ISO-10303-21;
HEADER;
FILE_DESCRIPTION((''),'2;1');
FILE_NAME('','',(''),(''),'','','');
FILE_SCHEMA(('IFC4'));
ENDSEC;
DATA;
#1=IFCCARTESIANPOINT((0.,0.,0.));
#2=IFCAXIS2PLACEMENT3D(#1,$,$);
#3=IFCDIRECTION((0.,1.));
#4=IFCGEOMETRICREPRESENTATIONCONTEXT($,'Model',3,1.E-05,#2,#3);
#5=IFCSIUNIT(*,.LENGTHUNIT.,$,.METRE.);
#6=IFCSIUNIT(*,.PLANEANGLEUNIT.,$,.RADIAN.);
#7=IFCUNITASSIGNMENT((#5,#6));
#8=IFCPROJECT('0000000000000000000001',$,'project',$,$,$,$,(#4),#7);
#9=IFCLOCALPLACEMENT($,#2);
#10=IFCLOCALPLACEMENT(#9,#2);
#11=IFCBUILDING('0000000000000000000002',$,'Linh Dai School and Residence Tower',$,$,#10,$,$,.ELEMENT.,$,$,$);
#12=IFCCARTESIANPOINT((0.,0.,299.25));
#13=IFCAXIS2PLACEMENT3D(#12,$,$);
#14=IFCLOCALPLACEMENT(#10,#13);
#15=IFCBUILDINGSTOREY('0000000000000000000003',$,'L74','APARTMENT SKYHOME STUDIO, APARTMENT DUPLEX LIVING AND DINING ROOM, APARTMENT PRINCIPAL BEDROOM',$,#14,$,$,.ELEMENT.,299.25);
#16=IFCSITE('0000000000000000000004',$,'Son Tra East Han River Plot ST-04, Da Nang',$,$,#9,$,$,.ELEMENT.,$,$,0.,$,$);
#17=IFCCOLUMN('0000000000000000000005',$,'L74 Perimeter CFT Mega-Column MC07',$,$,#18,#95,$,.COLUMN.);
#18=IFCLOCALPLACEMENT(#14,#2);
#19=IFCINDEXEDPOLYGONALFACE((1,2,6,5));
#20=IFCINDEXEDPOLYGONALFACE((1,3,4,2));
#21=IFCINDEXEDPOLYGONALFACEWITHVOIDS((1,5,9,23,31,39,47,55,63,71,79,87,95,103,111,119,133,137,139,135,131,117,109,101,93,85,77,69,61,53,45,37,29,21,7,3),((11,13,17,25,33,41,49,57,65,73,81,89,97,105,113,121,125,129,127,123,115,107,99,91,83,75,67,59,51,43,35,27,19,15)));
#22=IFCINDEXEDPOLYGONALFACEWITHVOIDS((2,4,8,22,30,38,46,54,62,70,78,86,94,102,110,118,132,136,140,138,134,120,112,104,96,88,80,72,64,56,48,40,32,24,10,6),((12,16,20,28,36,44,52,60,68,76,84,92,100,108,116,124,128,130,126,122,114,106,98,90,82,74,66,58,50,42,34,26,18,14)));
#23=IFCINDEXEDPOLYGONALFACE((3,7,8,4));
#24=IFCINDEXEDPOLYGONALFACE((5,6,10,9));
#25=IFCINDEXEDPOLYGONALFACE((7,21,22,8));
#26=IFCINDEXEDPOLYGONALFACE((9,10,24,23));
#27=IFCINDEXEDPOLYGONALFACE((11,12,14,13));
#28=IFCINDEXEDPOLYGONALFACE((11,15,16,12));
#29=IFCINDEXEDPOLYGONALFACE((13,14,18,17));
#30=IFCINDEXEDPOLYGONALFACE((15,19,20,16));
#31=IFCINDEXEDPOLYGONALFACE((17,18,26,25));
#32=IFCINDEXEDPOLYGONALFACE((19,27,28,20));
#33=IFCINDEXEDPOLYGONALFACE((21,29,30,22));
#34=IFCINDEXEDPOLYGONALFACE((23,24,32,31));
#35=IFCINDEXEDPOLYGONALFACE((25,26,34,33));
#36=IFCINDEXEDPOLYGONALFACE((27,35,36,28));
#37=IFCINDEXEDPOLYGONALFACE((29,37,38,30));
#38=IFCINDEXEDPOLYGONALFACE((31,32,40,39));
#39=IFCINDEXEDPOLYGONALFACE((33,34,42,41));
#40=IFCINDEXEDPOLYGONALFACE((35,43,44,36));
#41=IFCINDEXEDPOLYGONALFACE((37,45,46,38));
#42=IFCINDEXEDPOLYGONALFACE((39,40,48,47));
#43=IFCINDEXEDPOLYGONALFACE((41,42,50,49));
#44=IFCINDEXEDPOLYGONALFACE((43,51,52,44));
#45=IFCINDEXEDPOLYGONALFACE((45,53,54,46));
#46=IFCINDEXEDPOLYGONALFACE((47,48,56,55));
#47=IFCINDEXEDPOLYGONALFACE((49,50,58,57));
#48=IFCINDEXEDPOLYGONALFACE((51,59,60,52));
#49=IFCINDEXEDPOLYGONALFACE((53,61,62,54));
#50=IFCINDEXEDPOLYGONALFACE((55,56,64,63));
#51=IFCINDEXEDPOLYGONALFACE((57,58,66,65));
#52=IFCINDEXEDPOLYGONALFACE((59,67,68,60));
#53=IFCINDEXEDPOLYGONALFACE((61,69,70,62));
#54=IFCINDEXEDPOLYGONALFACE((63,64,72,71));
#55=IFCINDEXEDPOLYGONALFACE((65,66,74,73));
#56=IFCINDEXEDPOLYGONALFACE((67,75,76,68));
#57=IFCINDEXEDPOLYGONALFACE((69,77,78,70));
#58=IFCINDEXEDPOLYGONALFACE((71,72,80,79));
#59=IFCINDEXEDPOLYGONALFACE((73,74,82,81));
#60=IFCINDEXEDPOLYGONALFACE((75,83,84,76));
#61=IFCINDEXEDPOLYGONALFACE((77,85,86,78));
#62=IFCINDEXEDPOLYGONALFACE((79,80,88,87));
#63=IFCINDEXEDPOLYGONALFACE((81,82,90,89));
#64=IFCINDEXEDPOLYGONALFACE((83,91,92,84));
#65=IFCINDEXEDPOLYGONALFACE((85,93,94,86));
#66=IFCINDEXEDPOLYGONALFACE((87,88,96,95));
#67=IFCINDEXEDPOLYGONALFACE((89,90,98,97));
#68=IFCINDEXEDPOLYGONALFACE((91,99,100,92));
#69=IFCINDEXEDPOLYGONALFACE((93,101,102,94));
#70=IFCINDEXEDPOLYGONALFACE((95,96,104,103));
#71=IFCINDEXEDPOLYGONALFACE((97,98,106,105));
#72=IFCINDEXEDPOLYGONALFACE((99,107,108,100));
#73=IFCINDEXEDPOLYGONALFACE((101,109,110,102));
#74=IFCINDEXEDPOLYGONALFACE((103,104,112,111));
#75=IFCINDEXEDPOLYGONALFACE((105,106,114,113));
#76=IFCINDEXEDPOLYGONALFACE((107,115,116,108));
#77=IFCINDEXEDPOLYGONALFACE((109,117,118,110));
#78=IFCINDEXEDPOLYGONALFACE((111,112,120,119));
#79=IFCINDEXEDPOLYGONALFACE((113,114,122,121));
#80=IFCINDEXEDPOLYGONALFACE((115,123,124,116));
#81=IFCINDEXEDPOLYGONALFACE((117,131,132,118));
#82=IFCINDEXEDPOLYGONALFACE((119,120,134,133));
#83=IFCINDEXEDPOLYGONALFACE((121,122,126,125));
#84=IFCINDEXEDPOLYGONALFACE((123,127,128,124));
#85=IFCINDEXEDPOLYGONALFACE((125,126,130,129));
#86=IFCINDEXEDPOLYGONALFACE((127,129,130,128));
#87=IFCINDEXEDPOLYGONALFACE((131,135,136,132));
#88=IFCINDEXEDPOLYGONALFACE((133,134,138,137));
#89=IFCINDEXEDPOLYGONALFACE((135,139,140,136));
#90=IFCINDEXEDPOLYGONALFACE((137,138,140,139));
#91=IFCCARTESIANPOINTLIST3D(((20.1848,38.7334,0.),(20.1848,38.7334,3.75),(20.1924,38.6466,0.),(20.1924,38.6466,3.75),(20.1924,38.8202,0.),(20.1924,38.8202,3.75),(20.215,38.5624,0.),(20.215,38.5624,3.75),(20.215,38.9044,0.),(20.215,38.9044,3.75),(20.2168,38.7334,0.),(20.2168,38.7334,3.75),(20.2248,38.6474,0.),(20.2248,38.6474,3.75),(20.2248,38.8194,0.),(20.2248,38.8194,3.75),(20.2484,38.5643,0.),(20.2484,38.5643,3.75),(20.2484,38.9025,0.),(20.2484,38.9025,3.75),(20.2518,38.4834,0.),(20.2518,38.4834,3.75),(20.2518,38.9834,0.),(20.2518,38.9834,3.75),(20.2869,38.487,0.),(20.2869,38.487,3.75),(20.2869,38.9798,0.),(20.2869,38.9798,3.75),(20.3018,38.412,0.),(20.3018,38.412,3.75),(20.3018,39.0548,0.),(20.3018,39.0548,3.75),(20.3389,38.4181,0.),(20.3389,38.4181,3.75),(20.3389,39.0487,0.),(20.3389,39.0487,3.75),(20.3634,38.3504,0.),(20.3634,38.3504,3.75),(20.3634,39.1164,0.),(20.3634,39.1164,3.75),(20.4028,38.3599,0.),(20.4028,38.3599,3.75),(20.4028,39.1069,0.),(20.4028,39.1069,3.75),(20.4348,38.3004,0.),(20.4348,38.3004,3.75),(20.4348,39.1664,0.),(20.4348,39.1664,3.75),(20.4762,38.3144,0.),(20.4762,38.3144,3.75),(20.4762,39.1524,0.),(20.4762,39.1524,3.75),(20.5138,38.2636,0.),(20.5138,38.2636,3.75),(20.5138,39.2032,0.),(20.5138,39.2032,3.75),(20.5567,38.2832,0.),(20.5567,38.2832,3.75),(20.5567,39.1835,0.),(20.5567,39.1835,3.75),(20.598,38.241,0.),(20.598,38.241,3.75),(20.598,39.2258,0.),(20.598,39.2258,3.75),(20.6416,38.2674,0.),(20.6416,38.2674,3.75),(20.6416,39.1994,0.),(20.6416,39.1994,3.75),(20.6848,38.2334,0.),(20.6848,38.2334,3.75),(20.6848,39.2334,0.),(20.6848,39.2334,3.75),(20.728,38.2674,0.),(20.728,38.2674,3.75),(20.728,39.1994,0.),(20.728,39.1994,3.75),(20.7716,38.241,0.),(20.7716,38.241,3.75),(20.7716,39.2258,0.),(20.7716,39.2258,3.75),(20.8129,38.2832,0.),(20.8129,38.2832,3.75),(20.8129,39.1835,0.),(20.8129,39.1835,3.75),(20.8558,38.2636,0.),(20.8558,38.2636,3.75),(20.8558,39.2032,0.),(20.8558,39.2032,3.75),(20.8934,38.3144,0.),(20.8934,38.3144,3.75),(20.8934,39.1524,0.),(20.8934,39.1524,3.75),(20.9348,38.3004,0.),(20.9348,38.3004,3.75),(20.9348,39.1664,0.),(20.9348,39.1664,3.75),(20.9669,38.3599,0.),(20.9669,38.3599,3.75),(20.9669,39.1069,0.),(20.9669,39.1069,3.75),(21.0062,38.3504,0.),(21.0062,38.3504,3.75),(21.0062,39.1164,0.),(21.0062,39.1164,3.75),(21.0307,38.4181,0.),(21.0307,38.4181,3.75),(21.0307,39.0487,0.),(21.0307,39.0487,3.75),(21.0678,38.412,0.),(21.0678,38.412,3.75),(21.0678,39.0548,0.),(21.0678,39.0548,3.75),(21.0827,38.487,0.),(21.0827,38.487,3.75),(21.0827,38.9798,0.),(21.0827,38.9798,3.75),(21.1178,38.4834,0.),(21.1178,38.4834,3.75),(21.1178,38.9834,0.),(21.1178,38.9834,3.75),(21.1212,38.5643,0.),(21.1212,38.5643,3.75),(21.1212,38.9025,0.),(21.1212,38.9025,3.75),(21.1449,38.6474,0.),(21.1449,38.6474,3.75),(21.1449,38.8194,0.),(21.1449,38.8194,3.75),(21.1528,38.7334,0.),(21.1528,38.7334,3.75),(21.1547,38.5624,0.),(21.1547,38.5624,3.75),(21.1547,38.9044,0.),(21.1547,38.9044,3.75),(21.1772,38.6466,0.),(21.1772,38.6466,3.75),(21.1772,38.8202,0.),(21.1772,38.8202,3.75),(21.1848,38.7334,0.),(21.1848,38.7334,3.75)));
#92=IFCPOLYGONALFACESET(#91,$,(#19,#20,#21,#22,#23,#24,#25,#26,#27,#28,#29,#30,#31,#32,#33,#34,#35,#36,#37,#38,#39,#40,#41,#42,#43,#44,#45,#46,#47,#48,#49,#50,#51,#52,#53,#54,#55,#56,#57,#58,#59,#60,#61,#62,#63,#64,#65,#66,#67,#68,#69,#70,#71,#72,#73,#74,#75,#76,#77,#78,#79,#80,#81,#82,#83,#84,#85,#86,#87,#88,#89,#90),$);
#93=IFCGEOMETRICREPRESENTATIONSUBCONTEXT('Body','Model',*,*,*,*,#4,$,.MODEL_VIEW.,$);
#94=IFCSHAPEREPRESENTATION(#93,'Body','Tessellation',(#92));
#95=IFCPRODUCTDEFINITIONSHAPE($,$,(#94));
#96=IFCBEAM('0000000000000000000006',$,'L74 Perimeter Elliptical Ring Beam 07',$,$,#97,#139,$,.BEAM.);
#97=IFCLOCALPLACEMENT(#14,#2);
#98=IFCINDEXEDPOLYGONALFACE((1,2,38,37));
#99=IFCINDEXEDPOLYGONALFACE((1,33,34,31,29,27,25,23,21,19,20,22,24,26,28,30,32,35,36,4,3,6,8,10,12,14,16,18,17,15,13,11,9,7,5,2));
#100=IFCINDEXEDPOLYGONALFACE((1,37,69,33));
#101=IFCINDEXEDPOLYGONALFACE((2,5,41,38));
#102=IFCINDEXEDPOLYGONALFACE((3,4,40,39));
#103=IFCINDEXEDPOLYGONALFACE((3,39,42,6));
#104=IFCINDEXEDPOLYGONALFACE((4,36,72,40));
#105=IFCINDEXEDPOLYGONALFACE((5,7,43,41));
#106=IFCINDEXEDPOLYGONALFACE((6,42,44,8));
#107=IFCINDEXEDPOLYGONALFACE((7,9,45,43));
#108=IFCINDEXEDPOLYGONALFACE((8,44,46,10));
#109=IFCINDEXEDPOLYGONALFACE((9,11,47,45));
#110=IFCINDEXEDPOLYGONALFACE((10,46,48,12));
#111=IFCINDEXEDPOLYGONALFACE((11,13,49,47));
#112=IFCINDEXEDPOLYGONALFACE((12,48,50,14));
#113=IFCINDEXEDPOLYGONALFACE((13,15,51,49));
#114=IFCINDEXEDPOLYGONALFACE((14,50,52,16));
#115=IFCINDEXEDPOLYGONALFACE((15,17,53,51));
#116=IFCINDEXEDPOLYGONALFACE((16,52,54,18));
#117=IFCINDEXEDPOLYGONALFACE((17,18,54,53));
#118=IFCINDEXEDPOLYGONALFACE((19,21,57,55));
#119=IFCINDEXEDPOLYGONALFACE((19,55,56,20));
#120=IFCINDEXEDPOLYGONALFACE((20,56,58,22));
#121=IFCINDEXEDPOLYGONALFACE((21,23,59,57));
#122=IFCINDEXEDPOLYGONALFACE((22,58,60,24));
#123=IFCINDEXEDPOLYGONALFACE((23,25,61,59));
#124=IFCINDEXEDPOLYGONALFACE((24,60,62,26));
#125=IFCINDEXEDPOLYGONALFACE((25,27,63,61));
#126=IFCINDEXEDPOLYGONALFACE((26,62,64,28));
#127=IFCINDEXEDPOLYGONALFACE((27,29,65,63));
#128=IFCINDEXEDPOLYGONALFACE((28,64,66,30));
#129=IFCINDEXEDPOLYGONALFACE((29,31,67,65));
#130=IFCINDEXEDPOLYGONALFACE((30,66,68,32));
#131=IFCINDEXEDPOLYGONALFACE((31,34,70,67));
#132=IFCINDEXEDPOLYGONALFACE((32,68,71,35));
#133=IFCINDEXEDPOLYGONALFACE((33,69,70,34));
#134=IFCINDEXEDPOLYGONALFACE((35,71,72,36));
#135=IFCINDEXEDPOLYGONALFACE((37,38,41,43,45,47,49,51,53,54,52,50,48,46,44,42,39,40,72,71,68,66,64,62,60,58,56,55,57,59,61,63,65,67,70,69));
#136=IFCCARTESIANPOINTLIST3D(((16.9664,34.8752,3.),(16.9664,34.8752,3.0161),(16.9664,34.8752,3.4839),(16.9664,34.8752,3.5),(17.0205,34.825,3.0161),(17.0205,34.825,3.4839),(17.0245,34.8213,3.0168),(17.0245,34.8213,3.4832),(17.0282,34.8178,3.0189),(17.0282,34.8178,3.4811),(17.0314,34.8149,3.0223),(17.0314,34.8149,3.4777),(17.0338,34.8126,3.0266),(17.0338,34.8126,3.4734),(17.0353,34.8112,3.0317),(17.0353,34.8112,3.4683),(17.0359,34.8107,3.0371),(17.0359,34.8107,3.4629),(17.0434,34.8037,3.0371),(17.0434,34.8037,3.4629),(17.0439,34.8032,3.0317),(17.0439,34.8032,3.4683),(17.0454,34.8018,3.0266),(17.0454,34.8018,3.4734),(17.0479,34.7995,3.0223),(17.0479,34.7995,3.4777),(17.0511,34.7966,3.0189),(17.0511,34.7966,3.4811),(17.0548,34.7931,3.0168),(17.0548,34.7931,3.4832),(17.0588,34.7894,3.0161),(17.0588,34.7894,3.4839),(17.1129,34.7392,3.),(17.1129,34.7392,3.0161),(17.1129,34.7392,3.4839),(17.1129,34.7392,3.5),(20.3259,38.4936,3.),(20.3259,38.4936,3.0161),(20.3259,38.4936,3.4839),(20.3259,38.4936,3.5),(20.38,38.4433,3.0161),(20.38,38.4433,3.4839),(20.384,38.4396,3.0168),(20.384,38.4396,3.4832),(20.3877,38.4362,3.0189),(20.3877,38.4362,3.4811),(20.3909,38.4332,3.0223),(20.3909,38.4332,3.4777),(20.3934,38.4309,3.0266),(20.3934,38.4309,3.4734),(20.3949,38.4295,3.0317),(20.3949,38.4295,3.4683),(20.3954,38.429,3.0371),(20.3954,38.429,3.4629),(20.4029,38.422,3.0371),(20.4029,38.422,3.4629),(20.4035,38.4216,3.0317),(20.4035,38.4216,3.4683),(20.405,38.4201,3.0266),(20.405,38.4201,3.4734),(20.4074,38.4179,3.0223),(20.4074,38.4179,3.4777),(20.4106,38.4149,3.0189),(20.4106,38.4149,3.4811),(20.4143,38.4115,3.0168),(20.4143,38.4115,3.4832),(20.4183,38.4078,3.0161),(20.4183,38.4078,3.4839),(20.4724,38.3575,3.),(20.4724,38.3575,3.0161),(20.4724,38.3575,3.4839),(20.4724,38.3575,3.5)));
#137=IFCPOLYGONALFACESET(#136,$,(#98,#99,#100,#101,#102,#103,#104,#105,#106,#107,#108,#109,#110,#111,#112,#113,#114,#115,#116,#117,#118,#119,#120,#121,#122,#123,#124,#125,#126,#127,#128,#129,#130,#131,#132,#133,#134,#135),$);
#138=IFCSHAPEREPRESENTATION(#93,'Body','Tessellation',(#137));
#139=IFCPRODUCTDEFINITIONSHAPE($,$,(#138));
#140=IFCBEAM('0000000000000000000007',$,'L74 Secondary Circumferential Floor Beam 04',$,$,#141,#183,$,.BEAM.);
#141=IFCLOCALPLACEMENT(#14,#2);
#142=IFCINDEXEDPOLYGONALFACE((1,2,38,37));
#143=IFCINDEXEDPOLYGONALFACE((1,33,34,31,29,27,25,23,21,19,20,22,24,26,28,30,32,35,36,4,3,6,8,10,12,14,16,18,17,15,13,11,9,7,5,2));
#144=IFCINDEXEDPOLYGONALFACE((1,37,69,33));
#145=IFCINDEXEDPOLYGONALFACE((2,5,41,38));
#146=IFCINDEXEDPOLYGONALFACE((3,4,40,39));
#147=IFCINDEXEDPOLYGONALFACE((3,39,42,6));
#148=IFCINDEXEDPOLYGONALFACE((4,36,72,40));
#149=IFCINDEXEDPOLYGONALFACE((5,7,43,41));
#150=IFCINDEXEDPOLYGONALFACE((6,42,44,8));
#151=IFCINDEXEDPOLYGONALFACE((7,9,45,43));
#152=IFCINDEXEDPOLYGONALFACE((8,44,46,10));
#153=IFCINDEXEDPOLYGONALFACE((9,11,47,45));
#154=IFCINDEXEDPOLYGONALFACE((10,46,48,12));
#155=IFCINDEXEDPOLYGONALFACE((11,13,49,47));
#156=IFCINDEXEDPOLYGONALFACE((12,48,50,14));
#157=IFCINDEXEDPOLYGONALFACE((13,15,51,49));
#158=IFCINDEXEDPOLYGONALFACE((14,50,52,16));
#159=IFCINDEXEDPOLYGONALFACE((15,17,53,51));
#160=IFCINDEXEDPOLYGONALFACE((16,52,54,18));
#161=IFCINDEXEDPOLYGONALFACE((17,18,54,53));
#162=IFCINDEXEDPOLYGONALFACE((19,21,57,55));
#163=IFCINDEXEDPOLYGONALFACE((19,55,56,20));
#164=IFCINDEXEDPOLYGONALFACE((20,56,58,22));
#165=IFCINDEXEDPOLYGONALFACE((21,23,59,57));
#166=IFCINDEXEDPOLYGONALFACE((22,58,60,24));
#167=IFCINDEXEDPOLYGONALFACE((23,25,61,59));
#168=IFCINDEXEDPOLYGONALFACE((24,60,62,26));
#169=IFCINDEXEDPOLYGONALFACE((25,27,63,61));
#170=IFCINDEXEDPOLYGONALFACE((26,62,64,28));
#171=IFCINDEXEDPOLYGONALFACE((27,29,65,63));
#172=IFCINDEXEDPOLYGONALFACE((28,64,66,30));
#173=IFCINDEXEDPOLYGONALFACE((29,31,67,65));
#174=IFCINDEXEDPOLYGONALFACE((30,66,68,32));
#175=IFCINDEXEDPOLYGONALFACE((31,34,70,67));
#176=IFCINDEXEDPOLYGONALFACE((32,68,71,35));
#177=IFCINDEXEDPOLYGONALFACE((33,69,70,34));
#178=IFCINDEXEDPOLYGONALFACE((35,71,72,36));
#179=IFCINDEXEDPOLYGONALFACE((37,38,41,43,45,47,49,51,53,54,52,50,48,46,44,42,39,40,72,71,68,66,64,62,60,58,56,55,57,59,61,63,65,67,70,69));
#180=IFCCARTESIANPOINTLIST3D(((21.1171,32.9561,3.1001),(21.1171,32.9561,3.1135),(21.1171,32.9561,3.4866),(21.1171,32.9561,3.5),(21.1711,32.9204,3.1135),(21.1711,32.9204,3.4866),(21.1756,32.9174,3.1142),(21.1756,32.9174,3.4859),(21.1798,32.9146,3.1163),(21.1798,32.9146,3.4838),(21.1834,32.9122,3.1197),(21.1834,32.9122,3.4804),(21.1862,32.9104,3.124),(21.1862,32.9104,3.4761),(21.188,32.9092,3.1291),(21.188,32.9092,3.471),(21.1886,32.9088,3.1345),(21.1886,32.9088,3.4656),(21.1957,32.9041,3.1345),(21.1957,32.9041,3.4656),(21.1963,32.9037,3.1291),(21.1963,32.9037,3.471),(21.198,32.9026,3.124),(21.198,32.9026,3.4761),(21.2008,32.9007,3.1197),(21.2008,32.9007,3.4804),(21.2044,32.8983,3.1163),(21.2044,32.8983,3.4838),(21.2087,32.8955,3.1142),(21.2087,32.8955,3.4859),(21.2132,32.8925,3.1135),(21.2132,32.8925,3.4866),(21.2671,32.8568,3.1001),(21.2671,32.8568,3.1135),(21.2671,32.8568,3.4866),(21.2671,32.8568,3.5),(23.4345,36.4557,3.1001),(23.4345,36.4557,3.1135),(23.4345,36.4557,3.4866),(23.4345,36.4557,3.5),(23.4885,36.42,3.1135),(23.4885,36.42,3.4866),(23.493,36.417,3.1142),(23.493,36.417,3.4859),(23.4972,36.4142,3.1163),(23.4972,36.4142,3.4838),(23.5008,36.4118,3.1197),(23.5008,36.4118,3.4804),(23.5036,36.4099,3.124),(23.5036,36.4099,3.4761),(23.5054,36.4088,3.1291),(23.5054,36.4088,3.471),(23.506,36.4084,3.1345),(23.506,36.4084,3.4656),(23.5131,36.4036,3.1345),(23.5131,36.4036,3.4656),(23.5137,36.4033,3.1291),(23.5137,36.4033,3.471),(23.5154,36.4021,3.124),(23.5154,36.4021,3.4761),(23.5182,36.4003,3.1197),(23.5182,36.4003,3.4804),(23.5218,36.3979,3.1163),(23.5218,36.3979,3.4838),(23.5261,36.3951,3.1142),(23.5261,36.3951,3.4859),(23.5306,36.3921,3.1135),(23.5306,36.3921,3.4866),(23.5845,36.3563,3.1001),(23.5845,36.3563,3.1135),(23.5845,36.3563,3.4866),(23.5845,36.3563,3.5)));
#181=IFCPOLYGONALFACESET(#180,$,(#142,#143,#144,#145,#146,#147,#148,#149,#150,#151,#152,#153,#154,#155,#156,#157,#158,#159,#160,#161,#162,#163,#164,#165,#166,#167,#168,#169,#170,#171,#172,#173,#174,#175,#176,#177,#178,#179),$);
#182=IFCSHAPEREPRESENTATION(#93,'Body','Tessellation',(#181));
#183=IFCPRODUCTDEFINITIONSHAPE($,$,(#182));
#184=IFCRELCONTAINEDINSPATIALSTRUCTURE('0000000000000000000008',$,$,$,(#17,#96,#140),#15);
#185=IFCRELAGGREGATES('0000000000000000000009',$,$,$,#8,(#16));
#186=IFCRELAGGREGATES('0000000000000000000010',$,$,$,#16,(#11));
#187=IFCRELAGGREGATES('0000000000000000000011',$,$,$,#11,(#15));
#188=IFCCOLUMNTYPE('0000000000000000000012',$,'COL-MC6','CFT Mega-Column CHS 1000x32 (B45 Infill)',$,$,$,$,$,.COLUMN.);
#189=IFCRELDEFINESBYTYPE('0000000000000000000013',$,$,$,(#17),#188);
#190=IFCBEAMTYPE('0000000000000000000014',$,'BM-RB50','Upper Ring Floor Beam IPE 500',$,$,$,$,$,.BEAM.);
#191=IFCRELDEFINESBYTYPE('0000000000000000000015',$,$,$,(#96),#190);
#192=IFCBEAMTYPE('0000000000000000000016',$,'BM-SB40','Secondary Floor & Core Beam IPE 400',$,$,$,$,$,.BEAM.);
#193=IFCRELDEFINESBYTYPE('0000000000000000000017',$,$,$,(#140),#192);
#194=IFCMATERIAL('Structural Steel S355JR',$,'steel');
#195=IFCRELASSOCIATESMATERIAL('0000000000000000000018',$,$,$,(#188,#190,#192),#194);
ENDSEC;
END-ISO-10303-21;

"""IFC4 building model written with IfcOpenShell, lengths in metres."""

from ifc_helpers import new_model, si_unit, direction, frame, origin, origin_2d, place, context, subcontext, project, spatial, hollow_circle, i_section, extrude, material, material_profile, profile_set, type_object, element, save


model = new_model("IFC4")

# Units and contexts
model_context = context("Model", 3, precision=1e-05, world=origin(), true_north=direction((0.0, 1.0)))
body_context = subcontext(model_context, "Body", "Model", "MODEL_VIEW")
ifc_project = project(units=[si_unit("LENGTHUNIT", "METRE"), si_unit("PLANEANGLEUNIT", "RADIAN")], contexts=[model_context])

# Site, building, storey
site_placement = place(None, origin())
site = spatial("IfcSite", under=ifc_project, at=site_placement, Name="Son Tra East Han River Plot ST-04, Da Nang", CompositionType="ELEMENT", RefElevation=0.0)
building_placement = place(site_placement, origin())
building = spatial("IfcBuilding", under=site, at=building_placement, Name="Linh Dai School and Residence Tower", CompositionType="ELEMENT")
storey_placement = place(building_placement, frame((0.0, 0.0, 299.25)))
storey = spatial("IfcBuildingStorey", under=building, at=storey_placement, Name="L74", Description="APARTMENT SKYHOME STUDIO, APARTMENT DUPLEX LIVING AND DINING ROOM, APARTMENT PRINCIPAL BEDROOM", CompositionType="ELEMENT", Elevation=299.25)

# Column
ifc_material_1 = material(Name="Structural Steel S355JR", Category="steel")
ifc_material_profile_1 = material_profile(ifc_material_1, hollow_circle(Radius=0.5, WallThickness=0.032, at=origin_2d()), Name="CHS 1000x32")
ifc_profile_set_1 = profile_set([ifc_material_profile_1], Name="Structural Steel S355JR")
column_type = type_object("IfcColumnType", Name="COL-MC6", Description="CFT Mega-Column CHS 1000x32 (B45 Infill)", PredefinedType="COLUMN", material=ifc_profile_set_1)
column_placement = place(storey_placement, frame((20.6848, 38.7334, 0.0), z_axis=(0.0, 0.0, 1.0), x_axis=(1.0, 0.0, 0.0)))
element("IfcColumn", 1, at=column_placement, inside=storey, type_object=column_type, Name="L74 Perimeter CFT Mega-Column MC07", PredefinedType="COLUMN", context=body_context, shape_type="SweptSolid", body=[
    extrude(hollow_circle(Radius=0.5, WallThickness=0.032, at=origin_2d()), origin(), (0.0, 0.0, 1.0), 3.75),
])

# Beams
ifc_material_profile_2 = material_profile(ifc_material_1, i_section(OverallWidth=0.2, OverallDepth=0.5, WebThickness=0.0103, FlangeThickness=0.0161, FilletRadius=0.021, at=origin_2d()), Name="IPE 500")
ifc_profile_set_2 = profile_set([ifc_material_profile_2], Name="Structural Steel S355JR")
beam_type_1 = type_object("IfcBeamType", Name="BM-RB50", Description="Upper Ring Floor Beam IPE 500", PredefinedType="BEAM", material=ifc_profile_set_2)
beam_1_placement = place(storey_placement, frame((20.3992, 38.4255, 3.25), z_axis=(-0.680415, -0.732827, 0.0), x_axis=(0.732827, -0.680415, 0.0)))
element("IfcBeam", 2, at=beam_1_placement, inside=storey, type_object=beam_type_1, Name="L74 Perimeter Elliptical Ring Beam 07", PredefinedType="BEAM", context=body_context, shape_type="SweptSolid", body=[
    extrude(i_section(OverallWidth=0.2, OverallDepth=0.5, WebThickness=0.0103, FlangeThickness=0.0161, FilletRadius=0.021, at=origin_2d()), origin(), (0.0, 0.0, 1.0), 4.9375),
])
ifc_material_profile_3 = material_profile(ifc_material_1, i_section(OverallWidth=0.1799, OverallDepth=0.3999, WebThickness=0.0085, FlangeThickness=0.0134, FilletRadius=0.021, at=origin_2d()), Name="IPE 400")
ifc_profile_set_3 = profile_set([ifc_material_profile_3], Name="Structural Steel S355JR")
beam_type_2 = type_object("IfcBeamType", Name="BM-SB40", Description="Secondary Floor & Core Beam IPE 400", PredefinedType="BEAM", material=ifc_profile_set_3)
beam_2_placement = place(storey_placement, frame((23.5095, 36.406, 3.3), z_axis=(-0.55212, -0.833764, 0.0), x_axis=(0.833764, -0.55212, 0.0)))
element("IfcBeam", 3, at=beam_2_placement, inside=storey, type_object=beam_type_2, Name="L74 Secondary Circumferential Floor Beam 04", PredefinedType="BEAM", context=body_context, shape_type="SweptSolid", body=[
    extrude(i_section(OverallWidth=0.1799, OverallDepth=0.3999, WebThickness=0.0085, FlangeThickness=0.0134, FilletRadius=0.021, at=origin_2d()), origin(), (0.0, 0.0, 1.0), 4.1973),
])

save(model, "model.ifc")
